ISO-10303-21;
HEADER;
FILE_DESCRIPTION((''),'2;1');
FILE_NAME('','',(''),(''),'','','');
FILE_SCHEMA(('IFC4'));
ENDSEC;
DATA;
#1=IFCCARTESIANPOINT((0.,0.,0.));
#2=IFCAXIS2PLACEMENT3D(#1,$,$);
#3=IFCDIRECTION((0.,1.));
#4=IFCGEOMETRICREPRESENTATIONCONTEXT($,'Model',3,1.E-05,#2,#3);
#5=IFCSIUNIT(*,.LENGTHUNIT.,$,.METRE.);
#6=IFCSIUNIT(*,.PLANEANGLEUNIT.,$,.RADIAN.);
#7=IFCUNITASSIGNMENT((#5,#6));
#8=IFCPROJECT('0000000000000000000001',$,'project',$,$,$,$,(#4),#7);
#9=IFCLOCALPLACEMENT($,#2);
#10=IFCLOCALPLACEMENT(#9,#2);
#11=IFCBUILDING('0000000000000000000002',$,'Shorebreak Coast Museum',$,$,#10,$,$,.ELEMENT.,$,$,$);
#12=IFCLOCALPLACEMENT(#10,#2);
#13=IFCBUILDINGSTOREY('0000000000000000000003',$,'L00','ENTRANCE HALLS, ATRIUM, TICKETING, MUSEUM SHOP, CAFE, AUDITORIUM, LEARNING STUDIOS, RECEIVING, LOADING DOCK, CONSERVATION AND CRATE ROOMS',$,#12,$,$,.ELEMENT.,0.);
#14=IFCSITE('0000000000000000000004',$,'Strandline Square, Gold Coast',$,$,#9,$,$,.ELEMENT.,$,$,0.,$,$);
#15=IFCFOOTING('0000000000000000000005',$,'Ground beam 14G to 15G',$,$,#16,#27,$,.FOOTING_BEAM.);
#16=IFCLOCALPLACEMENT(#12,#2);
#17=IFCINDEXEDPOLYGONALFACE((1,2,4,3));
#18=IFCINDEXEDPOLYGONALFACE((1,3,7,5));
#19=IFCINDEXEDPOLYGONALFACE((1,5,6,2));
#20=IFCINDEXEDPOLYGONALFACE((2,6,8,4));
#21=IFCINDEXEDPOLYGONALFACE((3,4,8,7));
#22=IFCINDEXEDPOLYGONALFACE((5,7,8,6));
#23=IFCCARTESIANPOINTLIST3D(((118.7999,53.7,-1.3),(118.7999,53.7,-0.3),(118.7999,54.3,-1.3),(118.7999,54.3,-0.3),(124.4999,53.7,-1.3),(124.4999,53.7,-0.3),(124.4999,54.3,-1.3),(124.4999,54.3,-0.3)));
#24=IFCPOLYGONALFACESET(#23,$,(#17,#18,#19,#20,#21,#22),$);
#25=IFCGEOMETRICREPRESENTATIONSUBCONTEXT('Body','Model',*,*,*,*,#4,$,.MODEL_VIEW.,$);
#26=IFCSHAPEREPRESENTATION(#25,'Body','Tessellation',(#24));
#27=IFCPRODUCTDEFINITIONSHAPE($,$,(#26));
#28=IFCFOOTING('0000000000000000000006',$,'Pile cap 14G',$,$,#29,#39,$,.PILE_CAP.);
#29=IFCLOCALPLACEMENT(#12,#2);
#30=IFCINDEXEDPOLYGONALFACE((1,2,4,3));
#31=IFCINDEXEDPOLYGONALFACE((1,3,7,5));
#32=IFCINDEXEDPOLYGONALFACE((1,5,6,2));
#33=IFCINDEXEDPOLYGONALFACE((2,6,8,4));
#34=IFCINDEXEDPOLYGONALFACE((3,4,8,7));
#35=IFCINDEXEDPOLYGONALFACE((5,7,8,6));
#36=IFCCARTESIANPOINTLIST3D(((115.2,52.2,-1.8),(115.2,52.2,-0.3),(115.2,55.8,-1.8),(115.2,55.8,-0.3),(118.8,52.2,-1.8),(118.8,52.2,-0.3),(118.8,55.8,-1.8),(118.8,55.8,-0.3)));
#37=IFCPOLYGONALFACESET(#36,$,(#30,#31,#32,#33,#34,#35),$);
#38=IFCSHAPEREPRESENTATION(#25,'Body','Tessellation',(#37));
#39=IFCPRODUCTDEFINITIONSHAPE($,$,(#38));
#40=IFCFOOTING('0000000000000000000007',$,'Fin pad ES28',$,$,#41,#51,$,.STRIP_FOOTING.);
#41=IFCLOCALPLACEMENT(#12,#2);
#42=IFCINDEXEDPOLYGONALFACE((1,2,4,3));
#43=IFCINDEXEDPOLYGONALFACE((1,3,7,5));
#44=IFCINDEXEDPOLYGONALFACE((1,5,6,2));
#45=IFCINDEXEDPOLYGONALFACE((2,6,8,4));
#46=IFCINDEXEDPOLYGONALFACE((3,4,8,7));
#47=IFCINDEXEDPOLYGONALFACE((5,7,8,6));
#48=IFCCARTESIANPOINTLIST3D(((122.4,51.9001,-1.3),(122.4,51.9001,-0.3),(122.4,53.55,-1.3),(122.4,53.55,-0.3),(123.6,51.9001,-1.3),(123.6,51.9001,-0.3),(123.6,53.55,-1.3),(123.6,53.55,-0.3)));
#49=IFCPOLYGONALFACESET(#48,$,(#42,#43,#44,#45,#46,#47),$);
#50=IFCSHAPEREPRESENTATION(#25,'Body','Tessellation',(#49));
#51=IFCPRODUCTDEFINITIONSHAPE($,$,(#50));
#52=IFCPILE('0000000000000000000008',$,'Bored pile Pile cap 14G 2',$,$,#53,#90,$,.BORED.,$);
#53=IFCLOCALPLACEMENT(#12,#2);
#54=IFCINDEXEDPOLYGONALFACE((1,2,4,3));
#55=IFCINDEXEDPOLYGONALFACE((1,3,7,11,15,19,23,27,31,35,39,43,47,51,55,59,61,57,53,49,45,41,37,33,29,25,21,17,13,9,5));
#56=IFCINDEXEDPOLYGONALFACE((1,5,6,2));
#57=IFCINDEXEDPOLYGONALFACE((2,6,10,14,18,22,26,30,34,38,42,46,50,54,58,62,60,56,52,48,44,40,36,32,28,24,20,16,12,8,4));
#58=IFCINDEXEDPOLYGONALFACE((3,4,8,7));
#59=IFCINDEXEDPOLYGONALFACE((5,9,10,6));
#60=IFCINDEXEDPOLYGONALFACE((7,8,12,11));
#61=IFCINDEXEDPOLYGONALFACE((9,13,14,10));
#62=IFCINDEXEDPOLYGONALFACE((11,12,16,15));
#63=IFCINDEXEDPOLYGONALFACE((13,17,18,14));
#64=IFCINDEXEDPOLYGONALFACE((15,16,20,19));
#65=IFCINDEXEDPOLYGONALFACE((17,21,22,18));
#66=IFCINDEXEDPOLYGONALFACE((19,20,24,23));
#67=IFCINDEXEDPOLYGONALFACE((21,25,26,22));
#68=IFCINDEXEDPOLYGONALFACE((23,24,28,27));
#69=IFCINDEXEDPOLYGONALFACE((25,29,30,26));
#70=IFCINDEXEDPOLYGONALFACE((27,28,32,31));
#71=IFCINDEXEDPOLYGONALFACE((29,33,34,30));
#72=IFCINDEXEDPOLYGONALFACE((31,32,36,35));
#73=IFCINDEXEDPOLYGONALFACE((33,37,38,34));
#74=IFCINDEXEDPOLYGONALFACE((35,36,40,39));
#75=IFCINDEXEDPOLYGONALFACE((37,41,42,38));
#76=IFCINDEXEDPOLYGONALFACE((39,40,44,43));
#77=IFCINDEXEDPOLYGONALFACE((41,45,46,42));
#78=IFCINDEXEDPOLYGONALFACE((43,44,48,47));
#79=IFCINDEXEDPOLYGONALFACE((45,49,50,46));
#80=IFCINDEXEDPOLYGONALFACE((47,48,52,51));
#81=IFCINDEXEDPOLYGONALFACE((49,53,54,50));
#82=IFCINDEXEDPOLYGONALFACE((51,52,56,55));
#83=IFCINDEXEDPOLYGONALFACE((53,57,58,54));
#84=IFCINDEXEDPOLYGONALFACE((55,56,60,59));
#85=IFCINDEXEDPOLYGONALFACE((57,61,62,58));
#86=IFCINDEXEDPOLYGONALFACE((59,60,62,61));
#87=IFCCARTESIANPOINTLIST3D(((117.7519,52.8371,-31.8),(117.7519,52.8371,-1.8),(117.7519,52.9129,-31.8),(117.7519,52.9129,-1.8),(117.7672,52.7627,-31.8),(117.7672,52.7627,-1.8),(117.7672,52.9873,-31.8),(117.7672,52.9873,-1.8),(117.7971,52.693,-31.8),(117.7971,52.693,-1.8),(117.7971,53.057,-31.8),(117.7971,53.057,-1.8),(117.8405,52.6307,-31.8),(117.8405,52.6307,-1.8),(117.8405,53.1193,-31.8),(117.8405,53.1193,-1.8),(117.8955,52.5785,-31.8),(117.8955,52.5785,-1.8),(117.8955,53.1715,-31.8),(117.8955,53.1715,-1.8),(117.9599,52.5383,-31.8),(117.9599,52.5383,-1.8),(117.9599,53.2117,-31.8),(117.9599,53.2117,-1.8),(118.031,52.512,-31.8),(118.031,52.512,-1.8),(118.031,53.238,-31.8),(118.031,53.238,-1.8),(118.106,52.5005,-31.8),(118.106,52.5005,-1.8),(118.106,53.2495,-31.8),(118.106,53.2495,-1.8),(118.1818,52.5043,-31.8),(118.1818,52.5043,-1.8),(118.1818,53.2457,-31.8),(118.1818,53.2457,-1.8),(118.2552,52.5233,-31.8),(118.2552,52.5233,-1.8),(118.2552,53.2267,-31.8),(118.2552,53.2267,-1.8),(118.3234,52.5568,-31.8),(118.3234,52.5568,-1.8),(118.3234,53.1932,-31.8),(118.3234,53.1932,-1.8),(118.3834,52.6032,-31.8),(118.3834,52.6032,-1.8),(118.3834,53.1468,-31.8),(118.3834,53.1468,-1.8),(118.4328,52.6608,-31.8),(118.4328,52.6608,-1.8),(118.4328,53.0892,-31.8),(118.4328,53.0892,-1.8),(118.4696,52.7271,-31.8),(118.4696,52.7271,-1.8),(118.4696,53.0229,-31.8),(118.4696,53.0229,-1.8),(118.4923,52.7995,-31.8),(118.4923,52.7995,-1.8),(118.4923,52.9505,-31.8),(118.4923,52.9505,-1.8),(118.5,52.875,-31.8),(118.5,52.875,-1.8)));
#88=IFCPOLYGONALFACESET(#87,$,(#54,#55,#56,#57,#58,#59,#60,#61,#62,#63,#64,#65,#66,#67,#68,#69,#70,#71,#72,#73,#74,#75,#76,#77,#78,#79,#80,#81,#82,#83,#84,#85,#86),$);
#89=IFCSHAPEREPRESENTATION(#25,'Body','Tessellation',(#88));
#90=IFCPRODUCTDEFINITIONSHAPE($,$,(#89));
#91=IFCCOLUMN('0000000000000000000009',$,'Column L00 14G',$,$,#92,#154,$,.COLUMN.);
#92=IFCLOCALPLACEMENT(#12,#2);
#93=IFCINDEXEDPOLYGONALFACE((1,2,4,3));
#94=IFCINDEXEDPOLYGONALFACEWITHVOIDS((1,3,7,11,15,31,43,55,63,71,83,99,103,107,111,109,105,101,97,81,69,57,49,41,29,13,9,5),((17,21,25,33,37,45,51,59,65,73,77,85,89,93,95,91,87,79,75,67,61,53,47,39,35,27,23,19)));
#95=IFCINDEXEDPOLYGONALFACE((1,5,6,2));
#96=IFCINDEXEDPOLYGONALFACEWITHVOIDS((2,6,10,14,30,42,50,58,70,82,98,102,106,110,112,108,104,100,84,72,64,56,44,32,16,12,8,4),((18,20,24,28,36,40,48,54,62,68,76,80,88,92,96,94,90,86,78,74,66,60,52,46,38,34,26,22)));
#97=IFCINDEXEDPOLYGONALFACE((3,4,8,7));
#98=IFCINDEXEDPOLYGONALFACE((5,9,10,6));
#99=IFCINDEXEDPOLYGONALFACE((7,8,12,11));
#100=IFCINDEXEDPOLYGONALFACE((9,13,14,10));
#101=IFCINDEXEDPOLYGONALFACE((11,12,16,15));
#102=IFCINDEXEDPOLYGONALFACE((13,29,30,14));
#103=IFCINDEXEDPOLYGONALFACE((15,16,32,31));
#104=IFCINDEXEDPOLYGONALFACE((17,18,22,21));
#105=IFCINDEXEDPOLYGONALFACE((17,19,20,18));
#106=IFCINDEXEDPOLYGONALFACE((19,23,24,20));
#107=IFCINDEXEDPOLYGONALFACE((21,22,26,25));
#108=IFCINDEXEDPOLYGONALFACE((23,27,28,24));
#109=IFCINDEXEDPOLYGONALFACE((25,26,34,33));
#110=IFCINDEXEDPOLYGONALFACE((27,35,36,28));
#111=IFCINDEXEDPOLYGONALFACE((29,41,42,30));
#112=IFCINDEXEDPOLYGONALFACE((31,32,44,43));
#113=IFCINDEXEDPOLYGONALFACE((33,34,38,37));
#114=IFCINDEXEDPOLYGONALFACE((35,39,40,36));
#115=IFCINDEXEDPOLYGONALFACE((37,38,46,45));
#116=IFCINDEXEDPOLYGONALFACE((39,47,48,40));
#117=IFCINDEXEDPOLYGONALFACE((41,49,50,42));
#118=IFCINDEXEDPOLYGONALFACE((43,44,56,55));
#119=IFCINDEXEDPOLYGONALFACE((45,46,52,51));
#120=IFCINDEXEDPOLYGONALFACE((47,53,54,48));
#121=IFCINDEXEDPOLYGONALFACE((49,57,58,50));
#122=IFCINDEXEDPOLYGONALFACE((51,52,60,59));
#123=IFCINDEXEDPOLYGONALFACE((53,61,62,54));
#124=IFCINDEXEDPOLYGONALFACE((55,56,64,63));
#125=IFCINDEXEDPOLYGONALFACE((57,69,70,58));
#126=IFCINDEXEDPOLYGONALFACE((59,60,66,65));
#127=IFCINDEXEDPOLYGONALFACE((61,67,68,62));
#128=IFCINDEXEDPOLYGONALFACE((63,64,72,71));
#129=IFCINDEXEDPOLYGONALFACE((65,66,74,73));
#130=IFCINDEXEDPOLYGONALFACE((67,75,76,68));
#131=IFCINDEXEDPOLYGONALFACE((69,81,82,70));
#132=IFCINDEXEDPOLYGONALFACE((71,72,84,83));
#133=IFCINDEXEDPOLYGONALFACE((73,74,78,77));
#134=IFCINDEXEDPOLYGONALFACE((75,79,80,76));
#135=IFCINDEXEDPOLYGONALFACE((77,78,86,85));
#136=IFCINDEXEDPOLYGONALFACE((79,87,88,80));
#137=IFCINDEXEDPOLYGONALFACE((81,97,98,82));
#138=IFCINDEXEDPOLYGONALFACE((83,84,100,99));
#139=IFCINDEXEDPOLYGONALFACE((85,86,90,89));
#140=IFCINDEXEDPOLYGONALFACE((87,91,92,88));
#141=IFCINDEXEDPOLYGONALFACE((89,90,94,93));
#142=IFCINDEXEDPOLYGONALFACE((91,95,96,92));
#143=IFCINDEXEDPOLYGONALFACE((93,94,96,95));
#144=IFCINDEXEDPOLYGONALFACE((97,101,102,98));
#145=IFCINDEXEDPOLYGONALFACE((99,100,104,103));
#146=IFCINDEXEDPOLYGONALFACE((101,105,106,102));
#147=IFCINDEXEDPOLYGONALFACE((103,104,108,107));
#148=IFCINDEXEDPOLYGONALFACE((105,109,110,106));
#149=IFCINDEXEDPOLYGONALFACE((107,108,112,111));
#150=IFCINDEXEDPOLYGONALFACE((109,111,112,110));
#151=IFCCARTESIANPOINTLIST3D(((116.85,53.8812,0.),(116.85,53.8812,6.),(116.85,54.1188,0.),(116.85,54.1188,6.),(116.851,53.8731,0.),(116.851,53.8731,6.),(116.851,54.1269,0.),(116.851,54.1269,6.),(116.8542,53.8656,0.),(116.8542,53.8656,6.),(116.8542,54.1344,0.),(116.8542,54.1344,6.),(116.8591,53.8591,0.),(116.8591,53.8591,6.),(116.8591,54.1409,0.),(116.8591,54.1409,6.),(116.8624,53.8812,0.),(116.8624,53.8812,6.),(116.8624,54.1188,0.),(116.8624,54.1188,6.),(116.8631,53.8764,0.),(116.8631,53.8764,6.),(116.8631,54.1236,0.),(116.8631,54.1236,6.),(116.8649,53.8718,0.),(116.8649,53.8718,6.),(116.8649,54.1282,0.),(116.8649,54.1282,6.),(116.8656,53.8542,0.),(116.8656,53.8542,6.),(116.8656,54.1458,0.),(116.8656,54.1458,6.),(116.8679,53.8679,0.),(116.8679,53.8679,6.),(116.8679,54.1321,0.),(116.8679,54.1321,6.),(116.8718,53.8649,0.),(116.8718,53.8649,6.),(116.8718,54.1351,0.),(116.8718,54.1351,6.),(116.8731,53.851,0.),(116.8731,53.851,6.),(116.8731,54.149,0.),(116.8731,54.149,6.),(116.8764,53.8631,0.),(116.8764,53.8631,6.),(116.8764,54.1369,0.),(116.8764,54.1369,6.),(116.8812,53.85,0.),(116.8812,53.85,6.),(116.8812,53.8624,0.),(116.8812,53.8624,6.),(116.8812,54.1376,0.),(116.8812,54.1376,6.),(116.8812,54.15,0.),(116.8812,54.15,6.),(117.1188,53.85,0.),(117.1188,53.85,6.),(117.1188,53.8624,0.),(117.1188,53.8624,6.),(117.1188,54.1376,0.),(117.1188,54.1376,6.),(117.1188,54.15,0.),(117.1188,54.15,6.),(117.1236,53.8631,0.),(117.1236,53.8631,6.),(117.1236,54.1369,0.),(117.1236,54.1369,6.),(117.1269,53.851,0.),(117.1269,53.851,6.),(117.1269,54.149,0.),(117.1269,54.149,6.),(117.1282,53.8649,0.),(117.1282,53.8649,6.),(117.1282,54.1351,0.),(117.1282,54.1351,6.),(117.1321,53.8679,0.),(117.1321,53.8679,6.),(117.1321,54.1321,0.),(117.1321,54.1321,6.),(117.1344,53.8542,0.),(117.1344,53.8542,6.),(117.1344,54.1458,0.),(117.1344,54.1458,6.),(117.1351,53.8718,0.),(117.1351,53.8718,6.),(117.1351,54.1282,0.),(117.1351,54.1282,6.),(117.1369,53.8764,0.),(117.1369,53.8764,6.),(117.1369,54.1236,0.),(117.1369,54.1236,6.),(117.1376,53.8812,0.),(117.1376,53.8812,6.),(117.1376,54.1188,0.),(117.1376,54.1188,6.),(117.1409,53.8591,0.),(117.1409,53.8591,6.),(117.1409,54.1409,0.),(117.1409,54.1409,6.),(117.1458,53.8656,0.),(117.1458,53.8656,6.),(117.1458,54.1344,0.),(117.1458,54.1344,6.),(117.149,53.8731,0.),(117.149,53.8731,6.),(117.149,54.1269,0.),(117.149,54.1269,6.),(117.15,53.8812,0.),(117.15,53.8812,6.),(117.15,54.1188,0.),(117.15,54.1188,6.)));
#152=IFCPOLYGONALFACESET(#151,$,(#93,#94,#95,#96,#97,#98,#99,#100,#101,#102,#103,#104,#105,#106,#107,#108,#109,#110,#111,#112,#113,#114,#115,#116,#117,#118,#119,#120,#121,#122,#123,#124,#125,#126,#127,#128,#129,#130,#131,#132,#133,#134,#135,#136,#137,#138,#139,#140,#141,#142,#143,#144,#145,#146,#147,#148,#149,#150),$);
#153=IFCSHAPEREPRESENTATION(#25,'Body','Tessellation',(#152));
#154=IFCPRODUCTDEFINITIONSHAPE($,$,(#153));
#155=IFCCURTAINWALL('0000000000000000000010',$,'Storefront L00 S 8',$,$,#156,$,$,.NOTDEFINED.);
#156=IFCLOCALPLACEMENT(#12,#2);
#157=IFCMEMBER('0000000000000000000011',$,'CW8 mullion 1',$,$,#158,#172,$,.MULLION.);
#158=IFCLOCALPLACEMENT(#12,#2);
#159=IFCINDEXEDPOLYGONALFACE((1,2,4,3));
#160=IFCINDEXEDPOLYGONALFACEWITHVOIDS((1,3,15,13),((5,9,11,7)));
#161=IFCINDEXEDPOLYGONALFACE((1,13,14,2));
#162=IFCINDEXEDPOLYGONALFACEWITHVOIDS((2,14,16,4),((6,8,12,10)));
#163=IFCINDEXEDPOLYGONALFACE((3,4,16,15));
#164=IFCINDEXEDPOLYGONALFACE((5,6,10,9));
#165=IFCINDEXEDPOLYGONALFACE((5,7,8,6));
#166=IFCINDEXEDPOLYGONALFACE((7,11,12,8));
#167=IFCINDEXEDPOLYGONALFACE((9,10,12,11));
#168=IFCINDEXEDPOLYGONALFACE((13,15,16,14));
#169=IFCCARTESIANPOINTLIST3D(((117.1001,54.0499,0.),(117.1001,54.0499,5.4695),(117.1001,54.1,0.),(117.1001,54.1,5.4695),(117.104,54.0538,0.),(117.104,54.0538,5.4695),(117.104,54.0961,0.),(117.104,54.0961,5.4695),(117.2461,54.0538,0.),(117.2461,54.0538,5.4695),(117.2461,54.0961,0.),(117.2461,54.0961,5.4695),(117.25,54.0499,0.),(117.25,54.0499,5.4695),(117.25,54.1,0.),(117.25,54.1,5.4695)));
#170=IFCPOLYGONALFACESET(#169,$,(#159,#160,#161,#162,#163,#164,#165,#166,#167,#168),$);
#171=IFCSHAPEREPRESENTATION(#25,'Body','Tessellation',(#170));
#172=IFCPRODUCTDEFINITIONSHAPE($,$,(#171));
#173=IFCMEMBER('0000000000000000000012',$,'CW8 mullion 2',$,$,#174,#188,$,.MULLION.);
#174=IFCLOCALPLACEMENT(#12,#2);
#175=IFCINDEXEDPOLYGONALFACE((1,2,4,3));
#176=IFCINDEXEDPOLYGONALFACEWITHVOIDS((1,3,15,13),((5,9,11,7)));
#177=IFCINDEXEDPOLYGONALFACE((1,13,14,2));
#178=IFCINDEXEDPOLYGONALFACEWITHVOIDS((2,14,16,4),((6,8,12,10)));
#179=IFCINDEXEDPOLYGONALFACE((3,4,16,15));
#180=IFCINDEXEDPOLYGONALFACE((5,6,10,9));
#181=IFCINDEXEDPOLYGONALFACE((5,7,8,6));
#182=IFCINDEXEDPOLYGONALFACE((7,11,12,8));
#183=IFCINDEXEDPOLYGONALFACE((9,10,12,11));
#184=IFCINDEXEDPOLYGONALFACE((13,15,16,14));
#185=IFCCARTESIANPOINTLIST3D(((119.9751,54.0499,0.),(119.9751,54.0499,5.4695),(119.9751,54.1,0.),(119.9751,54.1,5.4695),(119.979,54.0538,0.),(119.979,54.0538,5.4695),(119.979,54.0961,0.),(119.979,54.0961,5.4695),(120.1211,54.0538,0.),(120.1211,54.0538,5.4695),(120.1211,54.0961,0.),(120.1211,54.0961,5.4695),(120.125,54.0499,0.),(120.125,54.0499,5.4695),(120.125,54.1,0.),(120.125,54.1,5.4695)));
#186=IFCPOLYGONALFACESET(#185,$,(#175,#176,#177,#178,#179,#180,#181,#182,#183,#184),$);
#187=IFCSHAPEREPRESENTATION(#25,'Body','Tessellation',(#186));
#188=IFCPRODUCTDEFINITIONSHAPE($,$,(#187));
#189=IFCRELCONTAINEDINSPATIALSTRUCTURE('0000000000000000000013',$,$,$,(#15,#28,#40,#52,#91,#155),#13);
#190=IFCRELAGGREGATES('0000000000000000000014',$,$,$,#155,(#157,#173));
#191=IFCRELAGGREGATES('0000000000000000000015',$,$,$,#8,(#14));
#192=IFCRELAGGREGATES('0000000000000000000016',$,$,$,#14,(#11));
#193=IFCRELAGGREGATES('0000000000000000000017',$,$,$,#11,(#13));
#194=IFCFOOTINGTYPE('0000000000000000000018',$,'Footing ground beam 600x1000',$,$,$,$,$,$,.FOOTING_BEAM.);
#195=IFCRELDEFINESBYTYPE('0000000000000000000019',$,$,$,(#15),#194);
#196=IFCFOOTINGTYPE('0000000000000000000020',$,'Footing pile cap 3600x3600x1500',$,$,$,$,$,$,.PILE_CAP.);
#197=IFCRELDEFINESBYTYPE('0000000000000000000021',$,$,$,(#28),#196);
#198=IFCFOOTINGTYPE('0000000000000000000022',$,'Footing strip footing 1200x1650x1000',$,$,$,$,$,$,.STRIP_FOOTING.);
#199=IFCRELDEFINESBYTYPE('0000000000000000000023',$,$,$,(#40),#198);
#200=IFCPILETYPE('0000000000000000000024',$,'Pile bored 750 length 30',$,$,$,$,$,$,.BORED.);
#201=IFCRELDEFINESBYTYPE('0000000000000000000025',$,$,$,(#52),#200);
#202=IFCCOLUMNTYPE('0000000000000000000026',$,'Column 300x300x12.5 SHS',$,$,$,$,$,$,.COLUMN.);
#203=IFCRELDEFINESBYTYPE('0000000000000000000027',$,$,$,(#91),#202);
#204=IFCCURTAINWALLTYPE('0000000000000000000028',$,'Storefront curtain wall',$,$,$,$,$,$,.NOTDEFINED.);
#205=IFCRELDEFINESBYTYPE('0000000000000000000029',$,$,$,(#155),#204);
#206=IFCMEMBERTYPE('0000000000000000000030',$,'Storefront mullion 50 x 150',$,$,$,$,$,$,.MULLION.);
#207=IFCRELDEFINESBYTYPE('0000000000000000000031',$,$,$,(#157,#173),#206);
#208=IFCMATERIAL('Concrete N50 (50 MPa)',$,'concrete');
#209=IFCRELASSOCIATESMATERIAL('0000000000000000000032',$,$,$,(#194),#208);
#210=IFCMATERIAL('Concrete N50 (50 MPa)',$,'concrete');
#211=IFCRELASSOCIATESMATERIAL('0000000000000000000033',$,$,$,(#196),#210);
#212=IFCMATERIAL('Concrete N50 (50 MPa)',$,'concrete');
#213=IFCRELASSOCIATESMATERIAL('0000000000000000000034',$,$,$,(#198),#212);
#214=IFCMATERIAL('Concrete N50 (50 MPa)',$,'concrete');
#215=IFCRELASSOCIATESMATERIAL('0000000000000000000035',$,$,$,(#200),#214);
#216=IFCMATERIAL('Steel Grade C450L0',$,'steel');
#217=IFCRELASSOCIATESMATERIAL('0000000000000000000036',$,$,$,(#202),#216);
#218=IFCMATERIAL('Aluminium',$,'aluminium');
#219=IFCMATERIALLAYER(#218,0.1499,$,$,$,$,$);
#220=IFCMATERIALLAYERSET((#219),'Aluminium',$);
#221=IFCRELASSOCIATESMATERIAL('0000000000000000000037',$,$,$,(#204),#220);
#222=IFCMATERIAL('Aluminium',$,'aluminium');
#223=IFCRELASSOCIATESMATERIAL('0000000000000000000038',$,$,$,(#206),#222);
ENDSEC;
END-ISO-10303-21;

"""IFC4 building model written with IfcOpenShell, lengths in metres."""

from ifc_helpers import new_model, si_unit, direction, frame, origin, origin_2d, place, context, subcontext, project, spatial, rectangle, hollow_rectangle, circle, extrude, material, layer, layer_set, material_profile, profile_set, type_object, element, aggregate, save


model = new_model("IFC4")

# Units and contexts
model_context = context("Model", 3, precision=1e-05, world=origin(), true_north=direction((0.0, 1.0)))
body_context = subcontext(model_context, "Body", "Model", "MODEL_VIEW")
ifc_project = project(units=[si_unit("LENGTHUNIT", "METRE"), si_unit("PLANEANGLEUNIT", "RADIAN")], contexts=[model_context])

# Site, building, storey
site_placement = place(None, origin())
site = spatial("IfcSite", under=ifc_project, at=site_placement, Name="Strandline Square, Gold Coast", CompositionType="ELEMENT", RefElevation=0.0)
building_placement = place(site_placement, origin())
building = spatial("IfcBuilding", under=site, at=building_placement, Name="Shorebreak Coast Museum", CompositionType="ELEMENT")
storey_placement = place(building_placement, origin())
storey = spatial("IfcBuildingStorey", under=building, at=storey_placement, Name="L00", Description="ENTRANCE HALLS, ATRIUM, TICKETING, MUSEUM SHOP, CAFE, AUDITORIUM, LEARNING STUDIOS, RECEIVING, LOADING DOCK, CONSERVATION AND CRATE ROOMS", CompositionType="ELEMENT", Elevation=0.0)

# Footings
ifc_material_1 = material(Name="Concrete N50 (50 MPa)", Category="concrete")
footing_type_1 = type_object("IfcFootingType", Name="Footing ground beam 600x1000", PredefinedType="FOOTING_BEAM", material=ifc_material_1)
footing_1_placement = place(storey_placement, frame((121.6499, 54.0, -1.3), z_axis=(0.0, 0.0, 1.0), x_axis=(1.0, 0.0, 0.0)))
element("IfcFooting", 1, at=footing_1_placement, inside=storey, type_object=footing_type_1, Name="Ground beam 14G to 15G", PredefinedType="FOOTING_BEAM", context=body_context, shape_type="SweptSolid", body=[
    extrude(rectangle(XDim=5.7, YDim=0.6001, at=origin_2d()), origin(), (0.0, 0.0, 1.0), 1.0),
])
ifc_material_2 = material(Name="Concrete N50 (50 MPa)", Category="concrete")
footing_type_2 = type_object("IfcFootingType", Name="Footing pile cap 3600x3600x1500", PredefinedType="PILE_CAP", material=ifc_material_2)
footing_2_placement = place(storey_placement, frame((117.0, 54.0, -1.8), z_axis=(0.0, 0.0, 1.0), x_axis=(1.0, 0.0, 0.0)))
element("IfcFooting", 2, at=footing_2_placement, inside=storey, type_object=footing_type_2, Name="Pile cap 14G", PredefinedType="PILE_CAP", context=body_context, shape_type="SweptSolid", body=[
    extrude(rectangle(XDim=3.6001, YDim=3.6001, at=origin_2d()), origin(), (0.0, 0.0, 1.0), 1.5),
])
ifc_material_3 = material(Name="Concrete N50 (50 MPa)", Category="concrete")
footing_type_3 = type_object("IfcFootingType", Name="Footing strip footing 1200x1650x1000", PredefinedType="STRIP_FOOTING", material=ifc_material_3)
footing_3_placement = place(storey_placement, frame((123.0, 52.7251, -1.3), z_axis=(0.0, 0.0, 1.0), x_axis=(1.0, 0.0, 0.0)))
element("IfcFooting", 3, at=footing_3_placement, inside=storey, type_object=footing_type_3, Name="Fin pad ES28", PredefinedType="STRIP_FOOTING", context=body_context, shape_type="SweptSolid", body=[
    extrude(rectangle(XDim=1.2, YDim=1.6499, at=origin_2d()), origin(), (0.0, 0.0, 1.0), 1.0),
])

# Pile
ifc_material_4 = material(Name="Concrete N50 (50 MPa)", Category="concrete")
ifc_material_profile_1 = material_profile(ifc_material_4, circle(Radius=0.375, at=origin_2d()), Name="Pile bored 750 length 30")
ifc_profile_set_1 = profile_set([ifc_material_profile_1], Name="Concrete N50 (50 MPa)")
pile_type = type_object("IfcPileType", Name="Pile bored 750 length 30", PredefinedType="BORED", material=ifc_profile_set_1)
pile_placement = place(storey_placement, frame((118.125, 52.875, -1.8), z_axis=(0.0, 0.0, -1.0), x_axis=(1.0, 0.0, 0.0)))
element("IfcPile", 4, at=pile_placement, inside=storey, type_object=pile_type, Name="Bored pile Pile cap 14G 2", PredefinedType="BORED", context=body_context, shape_type="SweptSolid", body=[
    extrude(circle(Radius=0.375, at=origin_2d()), origin(), (0.0, 0.0, 1.0), 30.0),
])

# Column
ifc_material_5 = material(Name="Steel Grade C450L0", Category="steel")
ifc_material_profile_2 = material_profile(ifc_material_5, hollow_rectangle(XDim=0.3, YDim=0.3, WallThickness=0.0125, InnerFilletRadius=0.0188, OuterFilletRadius=0.0312, at=origin_2d()), Name="300x300x12.5 SHS")
ifc_profile_set_2 = profile_set([ifc_material_profile_2], Name="Steel Grade C450L0")
column_type = type_object("IfcColumnType", Name="Column 300x300x12.5 SHS", PredefinedType="COLUMN", material=ifc_profile_set_2)
column_placement = place(storey_placement, frame((117.0, 54.0, 0.0), z_axis=(0.0, 0.0, 1.0), x_axis=(1.0, 0.0, 0.0)))
element("IfcColumn", 5, at=column_placement, inside=storey, type_object=column_type, Name="Column L00 14G", PredefinedType="COLUMN", context=body_context, shape_type="SweptSolid", body=[
    extrude(hollow_rectangle(XDim=0.3, YDim=0.3, WallThickness=0.0125, InnerFilletRadius=0.0188, OuterFilletRadius=0.0312, at=origin_2d()), origin(), (0.0, 0.0, 1.0), 6.0),
])

# Curtain wall, members
ifc_material_6 = material(Name="Aluminium", Category="aluminium")
ifc_layer_1 = layer(ifc_material_6, 0.1499)
ifc_layer_set_1 = layer_set([ifc_layer_1], Name="Aluminium")
curtain_wall_type = type_object("IfcCurtainWallType", Name="Storefront curtain wall", PredefinedType="NOTDEFINED", material=ifc_layer_set_1)
curtain_wall_placement = place(storey_placement, origin())
curtain_wall = element("IfcCurtainWall", 6, at=curtain_wall_placement, inside=storey, type_object=curtain_wall_type, Name="Storefront L00 S 8", PredefinedType="NOTDEFINED")
ifc_material_7 = material(Name="Aluminium", Category="aluminium")
ifc_material_profile_3 = material_profile(ifc_material_7, hollow_rectangle(XDim=0.05, YDim=0.1499, WallThickness=0.0039, at=origin_2d()), Name="AL 150x50 RHS")
ifc_profile_set_3 = profile_set([ifc_material_profile_3], Name="Aluminium")
member_type_1 = type_object("IfcMemberType", Name="Storefront mullion 50 x 150", PredefinedType="MULLION", material=ifc_profile_set_3)
member_1_placement = place(storey_placement, frame((117.175, 54.075, 0.0), z_axis=(0.0, 0.0, 1.0), x_axis=(0.0, 1.0, 0.0)))
member_1 = element("IfcMember", 7, at=member_1_placement, type_object=member_type_1, Name="CW8 mullion 1", PredefinedType="MULLION", context=body_context, shape_type="SweptSolid", body=[
    extrude(hollow_rectangle(XDim=0.05, YDim=0.1499, WallThickness=0.0039, at=origin_2d()), origin(), (0.0, 0.0, 1.0), 5.4695),
])
member_2_placement = place(storey_placement, frame((120.05, 54.075, 0.0), z_axis=(0.0, 0.0, 1.0), x_axis=(0.0, 1.0, 0.0)))
member_2 = element("IfcMember", 8, at=member_2_placement, type_object=member_type_1, Name="CW8 mullion 2", PredefinedType="MULLION", context=body_context, shape_type="SweptSolid", body=[
    extrude(hollow_rectangle(XDim=0.05, YDim=0.1499, WallThickness=0.0039, at=origin_2d()), origin(), (0.0, 0.0, 1.0), 5.4695),
])
aggregate(curtain_wall, [member_1, member_2])

save(model, "model.ifc")
